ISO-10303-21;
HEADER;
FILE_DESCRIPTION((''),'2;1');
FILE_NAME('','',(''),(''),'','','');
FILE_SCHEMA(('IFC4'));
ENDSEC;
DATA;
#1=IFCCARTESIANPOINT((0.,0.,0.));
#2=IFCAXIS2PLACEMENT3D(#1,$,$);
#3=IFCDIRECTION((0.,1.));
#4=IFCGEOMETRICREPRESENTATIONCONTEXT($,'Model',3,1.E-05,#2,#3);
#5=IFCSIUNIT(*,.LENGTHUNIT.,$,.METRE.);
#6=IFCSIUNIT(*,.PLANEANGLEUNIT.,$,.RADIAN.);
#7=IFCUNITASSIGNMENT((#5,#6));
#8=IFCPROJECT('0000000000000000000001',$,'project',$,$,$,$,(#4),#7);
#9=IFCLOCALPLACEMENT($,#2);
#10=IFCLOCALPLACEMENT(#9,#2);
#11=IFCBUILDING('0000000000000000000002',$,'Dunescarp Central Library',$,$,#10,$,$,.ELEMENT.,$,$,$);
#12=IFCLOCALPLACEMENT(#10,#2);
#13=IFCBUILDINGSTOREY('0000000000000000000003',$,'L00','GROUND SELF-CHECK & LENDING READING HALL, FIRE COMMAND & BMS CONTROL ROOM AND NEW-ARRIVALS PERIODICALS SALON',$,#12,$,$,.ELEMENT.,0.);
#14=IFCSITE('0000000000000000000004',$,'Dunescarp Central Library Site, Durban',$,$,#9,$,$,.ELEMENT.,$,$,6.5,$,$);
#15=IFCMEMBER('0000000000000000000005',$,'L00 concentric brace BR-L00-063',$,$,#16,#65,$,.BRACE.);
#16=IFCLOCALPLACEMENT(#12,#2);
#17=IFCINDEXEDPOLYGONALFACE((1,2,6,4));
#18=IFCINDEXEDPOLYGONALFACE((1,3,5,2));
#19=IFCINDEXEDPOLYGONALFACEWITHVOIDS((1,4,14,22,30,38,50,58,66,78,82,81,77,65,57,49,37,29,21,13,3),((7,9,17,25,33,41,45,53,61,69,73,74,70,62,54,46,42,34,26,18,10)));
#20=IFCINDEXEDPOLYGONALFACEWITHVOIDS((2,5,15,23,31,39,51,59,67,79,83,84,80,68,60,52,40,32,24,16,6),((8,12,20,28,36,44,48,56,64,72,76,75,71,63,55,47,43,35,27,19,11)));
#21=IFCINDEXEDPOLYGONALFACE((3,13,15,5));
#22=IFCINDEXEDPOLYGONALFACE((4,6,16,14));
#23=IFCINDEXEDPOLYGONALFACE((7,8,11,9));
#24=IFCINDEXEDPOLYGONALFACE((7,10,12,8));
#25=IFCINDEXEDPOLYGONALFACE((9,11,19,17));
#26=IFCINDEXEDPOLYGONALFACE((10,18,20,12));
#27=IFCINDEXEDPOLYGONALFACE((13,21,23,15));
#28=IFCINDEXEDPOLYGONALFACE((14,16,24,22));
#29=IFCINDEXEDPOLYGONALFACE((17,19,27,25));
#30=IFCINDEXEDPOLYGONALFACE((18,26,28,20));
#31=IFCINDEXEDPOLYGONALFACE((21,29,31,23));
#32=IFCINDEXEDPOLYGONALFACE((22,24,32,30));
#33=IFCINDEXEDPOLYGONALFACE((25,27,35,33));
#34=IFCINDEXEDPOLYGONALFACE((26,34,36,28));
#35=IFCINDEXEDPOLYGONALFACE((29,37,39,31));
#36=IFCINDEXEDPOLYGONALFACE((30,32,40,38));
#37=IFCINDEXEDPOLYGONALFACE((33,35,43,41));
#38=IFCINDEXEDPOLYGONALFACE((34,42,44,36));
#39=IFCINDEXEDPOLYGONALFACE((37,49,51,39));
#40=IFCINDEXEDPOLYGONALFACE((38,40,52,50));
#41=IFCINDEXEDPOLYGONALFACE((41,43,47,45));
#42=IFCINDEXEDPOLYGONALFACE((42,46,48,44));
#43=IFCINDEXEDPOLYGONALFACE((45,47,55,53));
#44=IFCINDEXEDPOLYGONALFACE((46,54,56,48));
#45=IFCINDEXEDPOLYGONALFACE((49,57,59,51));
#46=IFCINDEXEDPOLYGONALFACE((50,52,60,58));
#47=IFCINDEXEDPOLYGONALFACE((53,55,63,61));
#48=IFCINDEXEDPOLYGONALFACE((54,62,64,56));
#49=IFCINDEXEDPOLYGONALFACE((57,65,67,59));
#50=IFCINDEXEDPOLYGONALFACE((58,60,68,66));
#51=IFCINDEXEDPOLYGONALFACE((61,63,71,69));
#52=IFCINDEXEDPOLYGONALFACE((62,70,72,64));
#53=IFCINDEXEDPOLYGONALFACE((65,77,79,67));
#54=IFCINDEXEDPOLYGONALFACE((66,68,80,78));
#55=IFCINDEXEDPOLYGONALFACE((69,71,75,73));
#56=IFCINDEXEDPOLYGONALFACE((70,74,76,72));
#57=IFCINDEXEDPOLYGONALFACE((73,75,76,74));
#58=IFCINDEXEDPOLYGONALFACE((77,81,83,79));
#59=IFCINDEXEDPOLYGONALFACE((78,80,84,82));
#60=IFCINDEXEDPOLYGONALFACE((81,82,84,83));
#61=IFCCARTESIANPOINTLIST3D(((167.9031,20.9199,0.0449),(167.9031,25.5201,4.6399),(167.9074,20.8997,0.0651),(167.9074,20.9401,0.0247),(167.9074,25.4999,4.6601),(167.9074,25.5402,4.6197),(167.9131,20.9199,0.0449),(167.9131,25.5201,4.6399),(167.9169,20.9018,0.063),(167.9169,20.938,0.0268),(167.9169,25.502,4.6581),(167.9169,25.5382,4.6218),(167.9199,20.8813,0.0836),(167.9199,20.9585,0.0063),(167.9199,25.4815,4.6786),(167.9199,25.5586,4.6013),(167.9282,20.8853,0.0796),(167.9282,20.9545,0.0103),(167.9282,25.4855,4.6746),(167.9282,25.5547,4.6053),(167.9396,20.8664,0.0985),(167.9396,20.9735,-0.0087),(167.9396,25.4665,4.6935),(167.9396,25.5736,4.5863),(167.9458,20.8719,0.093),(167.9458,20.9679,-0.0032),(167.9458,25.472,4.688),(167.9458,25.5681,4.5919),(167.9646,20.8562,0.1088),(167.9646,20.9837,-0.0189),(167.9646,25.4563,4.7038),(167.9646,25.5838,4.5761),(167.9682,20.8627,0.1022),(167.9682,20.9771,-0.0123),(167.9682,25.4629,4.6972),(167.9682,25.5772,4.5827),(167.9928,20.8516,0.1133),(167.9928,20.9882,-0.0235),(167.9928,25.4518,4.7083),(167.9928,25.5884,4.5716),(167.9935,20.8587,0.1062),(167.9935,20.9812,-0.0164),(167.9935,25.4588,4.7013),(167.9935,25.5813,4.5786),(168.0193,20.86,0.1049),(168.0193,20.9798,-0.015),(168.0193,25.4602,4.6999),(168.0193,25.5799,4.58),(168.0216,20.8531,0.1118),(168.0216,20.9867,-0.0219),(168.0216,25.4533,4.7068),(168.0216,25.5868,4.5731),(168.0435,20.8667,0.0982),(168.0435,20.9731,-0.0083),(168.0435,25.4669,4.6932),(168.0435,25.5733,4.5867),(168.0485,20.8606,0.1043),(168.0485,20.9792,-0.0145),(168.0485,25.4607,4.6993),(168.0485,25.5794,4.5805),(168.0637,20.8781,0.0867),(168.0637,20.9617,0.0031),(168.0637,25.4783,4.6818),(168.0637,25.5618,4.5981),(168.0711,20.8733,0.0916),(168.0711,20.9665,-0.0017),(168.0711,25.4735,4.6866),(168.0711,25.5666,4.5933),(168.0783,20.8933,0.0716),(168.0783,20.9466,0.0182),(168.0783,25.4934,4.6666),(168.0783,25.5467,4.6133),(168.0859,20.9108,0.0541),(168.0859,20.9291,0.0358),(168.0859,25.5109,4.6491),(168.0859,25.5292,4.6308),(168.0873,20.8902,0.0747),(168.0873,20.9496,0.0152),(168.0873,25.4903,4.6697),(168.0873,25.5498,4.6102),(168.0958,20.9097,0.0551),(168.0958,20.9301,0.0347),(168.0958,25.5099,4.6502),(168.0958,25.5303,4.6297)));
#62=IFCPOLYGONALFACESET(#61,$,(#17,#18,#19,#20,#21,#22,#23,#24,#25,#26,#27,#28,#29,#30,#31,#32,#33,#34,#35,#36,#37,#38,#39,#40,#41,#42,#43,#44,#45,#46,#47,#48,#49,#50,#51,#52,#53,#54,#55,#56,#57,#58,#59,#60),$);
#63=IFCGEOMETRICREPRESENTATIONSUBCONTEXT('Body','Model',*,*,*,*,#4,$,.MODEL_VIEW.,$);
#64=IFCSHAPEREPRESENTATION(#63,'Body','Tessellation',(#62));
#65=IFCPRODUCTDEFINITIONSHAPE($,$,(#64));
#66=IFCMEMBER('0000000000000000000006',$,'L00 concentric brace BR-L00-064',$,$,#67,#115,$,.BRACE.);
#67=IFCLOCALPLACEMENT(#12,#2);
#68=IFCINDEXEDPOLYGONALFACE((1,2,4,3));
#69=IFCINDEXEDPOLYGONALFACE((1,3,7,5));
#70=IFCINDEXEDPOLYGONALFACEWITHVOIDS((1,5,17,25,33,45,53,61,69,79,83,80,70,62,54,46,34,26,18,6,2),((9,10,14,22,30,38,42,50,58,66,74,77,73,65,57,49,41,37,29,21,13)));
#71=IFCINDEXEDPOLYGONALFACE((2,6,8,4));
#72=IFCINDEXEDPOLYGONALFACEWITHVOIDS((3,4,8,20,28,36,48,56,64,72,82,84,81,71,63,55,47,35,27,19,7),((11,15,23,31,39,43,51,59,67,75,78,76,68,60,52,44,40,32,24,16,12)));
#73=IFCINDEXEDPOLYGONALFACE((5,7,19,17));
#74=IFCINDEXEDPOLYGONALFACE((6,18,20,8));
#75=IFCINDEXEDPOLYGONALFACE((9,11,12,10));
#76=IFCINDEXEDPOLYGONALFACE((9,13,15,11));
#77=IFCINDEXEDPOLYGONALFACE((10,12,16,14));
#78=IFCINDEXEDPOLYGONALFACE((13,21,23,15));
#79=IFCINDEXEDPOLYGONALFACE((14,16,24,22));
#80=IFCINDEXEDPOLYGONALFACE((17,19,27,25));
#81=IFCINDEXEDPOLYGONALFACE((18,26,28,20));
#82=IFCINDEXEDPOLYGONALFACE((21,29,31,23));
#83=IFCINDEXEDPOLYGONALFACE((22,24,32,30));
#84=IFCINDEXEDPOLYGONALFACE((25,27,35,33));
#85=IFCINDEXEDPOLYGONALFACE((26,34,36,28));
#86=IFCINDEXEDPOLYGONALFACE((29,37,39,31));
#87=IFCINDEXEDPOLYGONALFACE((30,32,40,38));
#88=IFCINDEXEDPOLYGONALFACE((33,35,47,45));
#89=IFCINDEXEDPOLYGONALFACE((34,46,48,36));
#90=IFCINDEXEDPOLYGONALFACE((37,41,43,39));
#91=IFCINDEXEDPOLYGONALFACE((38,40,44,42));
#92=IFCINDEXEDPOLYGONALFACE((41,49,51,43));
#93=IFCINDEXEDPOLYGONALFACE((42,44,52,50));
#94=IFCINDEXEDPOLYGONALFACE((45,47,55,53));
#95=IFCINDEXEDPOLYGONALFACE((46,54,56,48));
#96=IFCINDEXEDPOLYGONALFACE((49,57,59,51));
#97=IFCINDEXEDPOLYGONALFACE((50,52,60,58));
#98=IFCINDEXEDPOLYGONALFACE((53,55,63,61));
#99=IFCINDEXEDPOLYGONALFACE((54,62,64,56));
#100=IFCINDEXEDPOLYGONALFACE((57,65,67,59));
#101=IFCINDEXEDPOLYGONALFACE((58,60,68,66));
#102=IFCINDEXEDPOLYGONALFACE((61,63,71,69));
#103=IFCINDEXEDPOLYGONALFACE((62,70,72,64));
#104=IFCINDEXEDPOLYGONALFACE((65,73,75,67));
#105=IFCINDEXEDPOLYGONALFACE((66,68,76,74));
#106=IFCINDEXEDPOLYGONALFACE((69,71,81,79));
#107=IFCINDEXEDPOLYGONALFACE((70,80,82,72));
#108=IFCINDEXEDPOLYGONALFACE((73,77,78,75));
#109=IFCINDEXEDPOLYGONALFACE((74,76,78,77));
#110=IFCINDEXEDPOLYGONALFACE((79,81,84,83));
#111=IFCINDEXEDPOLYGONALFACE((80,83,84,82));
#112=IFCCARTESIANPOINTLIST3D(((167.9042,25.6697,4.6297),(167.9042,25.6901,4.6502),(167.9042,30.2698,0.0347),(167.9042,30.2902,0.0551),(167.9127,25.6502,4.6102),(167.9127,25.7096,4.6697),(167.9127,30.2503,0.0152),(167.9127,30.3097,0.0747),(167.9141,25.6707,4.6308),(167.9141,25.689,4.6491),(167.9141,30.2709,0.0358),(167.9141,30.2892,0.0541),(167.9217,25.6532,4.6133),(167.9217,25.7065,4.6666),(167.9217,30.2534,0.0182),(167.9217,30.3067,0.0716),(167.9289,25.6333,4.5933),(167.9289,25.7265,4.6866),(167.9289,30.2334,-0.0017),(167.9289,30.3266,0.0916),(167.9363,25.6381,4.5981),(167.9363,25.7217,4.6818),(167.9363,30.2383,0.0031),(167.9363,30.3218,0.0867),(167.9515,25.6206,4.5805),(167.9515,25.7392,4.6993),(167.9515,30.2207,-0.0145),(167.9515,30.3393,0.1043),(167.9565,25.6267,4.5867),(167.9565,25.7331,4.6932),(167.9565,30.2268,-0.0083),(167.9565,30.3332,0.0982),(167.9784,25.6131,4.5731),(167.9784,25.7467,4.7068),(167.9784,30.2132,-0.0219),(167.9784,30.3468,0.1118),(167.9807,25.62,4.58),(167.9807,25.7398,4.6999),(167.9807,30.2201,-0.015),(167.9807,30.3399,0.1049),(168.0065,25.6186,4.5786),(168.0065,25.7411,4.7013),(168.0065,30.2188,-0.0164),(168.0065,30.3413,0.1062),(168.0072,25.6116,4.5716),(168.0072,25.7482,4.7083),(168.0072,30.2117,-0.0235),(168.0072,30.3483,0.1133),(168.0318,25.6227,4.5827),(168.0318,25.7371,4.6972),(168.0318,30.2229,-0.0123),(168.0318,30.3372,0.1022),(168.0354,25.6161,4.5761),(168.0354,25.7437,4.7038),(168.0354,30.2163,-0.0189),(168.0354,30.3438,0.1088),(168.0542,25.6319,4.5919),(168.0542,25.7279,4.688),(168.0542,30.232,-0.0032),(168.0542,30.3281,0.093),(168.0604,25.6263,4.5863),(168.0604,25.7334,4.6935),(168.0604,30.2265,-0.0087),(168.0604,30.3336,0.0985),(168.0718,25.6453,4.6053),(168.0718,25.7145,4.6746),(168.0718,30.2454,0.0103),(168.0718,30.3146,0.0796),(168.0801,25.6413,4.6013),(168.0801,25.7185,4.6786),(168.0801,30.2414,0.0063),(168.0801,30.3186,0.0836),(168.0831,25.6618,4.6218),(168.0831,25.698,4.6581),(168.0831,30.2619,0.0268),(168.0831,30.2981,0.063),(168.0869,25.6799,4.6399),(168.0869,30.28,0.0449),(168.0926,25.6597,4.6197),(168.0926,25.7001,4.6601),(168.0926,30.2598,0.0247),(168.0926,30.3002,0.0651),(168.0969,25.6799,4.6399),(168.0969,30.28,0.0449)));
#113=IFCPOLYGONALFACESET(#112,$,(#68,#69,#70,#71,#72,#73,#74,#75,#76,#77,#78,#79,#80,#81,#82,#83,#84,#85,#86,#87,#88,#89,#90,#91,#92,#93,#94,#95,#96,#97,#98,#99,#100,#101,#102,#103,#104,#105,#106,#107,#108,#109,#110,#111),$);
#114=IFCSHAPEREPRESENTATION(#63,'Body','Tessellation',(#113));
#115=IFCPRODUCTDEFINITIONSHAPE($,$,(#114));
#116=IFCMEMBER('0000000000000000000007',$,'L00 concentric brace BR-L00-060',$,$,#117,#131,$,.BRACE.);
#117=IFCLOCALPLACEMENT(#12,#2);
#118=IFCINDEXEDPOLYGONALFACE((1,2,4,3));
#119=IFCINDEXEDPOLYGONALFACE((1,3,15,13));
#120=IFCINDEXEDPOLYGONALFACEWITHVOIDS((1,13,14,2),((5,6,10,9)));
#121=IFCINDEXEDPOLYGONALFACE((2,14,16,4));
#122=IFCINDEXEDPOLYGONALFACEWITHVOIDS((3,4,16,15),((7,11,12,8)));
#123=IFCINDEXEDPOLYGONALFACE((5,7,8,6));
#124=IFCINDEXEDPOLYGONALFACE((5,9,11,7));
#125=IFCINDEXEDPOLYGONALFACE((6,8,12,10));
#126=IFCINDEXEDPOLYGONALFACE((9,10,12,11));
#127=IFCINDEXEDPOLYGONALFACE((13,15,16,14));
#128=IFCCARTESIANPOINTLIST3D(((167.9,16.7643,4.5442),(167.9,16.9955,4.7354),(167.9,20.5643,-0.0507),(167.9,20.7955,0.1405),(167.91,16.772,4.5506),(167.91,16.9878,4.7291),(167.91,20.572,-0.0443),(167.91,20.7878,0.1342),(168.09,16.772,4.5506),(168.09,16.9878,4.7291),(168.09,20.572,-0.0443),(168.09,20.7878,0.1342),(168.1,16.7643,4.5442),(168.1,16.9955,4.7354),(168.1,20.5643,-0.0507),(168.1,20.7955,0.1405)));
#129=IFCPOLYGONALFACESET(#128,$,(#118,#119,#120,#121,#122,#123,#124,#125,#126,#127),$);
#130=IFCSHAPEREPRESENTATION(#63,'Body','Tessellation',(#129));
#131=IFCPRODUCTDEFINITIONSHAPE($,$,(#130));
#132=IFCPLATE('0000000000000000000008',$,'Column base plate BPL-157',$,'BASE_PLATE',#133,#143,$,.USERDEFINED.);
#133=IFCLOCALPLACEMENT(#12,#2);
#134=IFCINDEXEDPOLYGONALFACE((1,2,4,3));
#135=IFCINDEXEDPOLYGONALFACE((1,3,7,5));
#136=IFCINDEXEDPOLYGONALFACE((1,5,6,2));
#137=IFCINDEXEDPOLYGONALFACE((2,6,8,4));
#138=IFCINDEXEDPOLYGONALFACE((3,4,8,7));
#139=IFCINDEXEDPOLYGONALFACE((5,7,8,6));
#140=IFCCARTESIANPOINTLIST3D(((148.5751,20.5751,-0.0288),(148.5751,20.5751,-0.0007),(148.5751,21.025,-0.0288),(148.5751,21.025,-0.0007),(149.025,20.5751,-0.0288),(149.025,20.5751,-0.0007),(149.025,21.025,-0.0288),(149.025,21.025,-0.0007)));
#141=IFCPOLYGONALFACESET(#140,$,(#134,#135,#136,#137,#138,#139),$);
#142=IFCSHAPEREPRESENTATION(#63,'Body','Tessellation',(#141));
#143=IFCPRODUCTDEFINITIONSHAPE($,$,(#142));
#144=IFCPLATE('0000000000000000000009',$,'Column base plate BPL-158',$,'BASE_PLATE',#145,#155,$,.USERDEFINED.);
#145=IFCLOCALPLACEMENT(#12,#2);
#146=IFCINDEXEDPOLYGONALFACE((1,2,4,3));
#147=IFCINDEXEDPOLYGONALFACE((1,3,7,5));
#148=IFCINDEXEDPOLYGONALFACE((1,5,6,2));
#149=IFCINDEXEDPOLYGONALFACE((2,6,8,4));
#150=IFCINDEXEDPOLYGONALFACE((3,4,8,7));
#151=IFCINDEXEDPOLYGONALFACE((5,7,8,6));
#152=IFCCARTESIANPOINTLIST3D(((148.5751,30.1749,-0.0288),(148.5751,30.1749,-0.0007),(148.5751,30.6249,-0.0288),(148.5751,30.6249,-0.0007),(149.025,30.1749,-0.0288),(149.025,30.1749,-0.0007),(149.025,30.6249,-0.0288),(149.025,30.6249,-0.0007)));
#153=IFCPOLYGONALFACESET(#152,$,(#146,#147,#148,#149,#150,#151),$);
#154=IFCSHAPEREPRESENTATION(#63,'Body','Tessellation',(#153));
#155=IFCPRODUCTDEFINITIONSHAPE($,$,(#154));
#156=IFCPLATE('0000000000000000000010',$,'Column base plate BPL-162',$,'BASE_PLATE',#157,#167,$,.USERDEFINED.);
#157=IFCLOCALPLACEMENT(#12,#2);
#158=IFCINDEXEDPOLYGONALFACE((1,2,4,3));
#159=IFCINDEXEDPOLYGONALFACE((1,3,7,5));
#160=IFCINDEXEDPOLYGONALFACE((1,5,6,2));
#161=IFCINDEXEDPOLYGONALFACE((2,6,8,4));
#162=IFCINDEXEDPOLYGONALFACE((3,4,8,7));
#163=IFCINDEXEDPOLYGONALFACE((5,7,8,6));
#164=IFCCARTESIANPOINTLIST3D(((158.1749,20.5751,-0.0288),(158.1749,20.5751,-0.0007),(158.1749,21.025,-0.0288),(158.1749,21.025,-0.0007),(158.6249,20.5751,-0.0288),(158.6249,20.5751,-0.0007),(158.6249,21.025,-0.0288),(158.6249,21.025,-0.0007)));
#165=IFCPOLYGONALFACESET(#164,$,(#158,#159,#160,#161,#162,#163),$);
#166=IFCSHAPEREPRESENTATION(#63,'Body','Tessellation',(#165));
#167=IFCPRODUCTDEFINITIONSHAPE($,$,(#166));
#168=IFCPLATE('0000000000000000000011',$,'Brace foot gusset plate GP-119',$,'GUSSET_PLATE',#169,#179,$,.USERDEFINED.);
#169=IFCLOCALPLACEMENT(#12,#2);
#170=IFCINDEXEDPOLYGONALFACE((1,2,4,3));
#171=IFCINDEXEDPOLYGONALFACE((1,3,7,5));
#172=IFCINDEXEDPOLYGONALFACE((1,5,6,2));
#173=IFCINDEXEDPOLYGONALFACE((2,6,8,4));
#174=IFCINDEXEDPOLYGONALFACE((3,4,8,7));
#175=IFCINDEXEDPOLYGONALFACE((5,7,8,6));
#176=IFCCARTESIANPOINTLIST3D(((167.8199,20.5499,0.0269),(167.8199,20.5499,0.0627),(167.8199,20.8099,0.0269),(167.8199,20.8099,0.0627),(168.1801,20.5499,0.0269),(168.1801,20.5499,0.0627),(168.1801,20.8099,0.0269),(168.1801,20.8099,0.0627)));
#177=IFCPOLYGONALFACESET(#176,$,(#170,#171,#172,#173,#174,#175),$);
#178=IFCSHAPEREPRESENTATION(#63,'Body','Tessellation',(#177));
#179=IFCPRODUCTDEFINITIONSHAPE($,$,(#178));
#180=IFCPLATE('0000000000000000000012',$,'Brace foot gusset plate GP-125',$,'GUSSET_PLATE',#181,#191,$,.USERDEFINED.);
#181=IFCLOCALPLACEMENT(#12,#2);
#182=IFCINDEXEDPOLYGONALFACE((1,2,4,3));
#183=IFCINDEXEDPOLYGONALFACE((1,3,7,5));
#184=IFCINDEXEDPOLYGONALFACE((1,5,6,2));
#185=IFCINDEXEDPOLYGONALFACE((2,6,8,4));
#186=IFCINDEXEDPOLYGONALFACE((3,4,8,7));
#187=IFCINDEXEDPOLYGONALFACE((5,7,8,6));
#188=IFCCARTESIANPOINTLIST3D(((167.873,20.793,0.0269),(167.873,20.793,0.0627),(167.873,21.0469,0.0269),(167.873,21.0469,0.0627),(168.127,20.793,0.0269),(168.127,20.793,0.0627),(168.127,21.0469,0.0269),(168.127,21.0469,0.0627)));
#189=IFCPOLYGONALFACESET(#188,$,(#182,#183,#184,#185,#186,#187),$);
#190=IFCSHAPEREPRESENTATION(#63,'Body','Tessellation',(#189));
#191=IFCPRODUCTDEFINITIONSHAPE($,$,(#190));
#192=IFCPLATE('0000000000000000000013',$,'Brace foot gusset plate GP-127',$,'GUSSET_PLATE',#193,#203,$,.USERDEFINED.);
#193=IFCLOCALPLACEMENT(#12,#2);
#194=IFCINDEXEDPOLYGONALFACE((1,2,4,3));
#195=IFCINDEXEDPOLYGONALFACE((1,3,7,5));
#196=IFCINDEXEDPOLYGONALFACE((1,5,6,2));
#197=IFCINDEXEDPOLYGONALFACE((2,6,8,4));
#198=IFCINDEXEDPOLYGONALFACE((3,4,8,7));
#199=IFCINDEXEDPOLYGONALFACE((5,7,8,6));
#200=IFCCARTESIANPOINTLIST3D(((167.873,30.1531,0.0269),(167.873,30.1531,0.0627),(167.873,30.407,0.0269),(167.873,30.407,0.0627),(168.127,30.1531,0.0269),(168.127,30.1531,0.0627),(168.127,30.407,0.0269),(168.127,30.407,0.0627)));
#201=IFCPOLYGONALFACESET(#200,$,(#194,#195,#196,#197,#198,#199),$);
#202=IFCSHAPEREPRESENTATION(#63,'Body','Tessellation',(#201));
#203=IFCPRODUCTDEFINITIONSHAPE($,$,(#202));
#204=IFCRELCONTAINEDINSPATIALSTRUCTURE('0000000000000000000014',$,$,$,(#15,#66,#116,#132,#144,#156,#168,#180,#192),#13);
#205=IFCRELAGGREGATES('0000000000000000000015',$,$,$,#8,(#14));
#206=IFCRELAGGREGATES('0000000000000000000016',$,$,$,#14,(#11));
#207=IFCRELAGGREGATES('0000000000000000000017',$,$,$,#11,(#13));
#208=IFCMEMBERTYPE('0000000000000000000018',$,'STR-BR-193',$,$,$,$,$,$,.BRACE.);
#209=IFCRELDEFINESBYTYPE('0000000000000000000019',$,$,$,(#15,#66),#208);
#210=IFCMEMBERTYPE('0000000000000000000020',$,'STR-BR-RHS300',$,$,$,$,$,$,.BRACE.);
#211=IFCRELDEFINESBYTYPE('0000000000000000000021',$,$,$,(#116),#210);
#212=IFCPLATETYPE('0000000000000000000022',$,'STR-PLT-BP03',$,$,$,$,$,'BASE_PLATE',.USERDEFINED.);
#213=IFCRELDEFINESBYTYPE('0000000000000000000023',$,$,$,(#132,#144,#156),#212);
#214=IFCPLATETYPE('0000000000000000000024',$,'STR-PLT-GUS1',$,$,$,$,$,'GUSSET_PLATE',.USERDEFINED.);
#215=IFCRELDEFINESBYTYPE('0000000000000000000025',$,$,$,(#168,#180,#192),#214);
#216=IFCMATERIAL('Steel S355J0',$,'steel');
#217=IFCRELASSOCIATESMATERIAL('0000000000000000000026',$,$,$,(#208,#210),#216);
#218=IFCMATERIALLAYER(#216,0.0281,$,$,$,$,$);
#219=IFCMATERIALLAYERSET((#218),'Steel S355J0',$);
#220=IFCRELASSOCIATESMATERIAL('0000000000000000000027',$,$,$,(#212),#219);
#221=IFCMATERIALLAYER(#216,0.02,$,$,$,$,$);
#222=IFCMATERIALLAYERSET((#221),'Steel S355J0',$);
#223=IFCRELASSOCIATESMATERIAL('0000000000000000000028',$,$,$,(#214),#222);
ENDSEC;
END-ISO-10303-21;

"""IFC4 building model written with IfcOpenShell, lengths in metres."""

from ifc_helpers import new_model, si_unit, direction, frame, origin, origin_2d, place, context, subcontext, project, spatial, rectangle, hollow_rectangle, hollow_circle, extrude, material, layer, layer_set, material_profile, profile_set, type_object, element, save


model = new_model("IFC4")

# Units and contexts
model_context = context("Model", 3, precision=1e-05, world=origin(), true_north=direction((0.0, 1.0)))
body_context = subcontext(model_context, "Body", "Model", "MODEL_VIEW")
ifc_project = project(units=[si_unit("LENGTHUNIT", "METRE"), si_unit("PLANEANGLEUNIT", "RADIAN")], contexts=[model_context])

# Site, building, storey
site_placement = place(None, origin())
site = spatial("IfcSite", under=ifc_project, at=site_placement, Name="Dunescarp Central Library Site, Durban", CompositionType="ELEMENT", RefElevation=6.5)
building_placement = place(site_placement, origin())
building = spatial("IfcBuilding", under=site, at=building_placement, Name="Dunescarp Central Library", CompositionType="ELEMENT")
storey_placement = place(building_placement, origin())
storey = spatial("IfcBuildingStorey", under=building, at=storey_placement, Name="L00", Description="GROUND SELF-CHECK & LENDING READING HALL, FIRE COMMAND & BMS CONTROL ROOM AND NEW-ARRIVALS PERIODICALS SALON", CompositionType="ELEMENT", Elevation=0.0)

# Members
ifc_material_1 = material(Name="Steel S355J0", Category="steel")
ifc_material_profile_1 = material_profile(ifc_material_1, hollow_circle(Radius=0.0969, WallThickness=0.01, at=origin_2d()), Name="CHS 193.7x10")
ifc_profile_set_1 = profile_set([ifc_material_profile_1], Name="Steel S355J0")
member_type_1 = type_object("IfcMemberType", Name="STR-BR-193", PredefinedType="BRACE", material=ifc_profile_set_1)
for number, where, z_axis, x_axis, name in (
    (1, (168.0, 20.9199, 0.0449), (0.0, 0.707501, 0.706712), (-1.0, 0.0, 0.0), "L00 concentric brace BR-L00-063"),
    (2, (168.0, 30.28, 0.0449), (0.0, -0.707501, 0.706712), (1.0, 0.0, 0.0), "L00 concentric brace BR-L00-064"),
):
    element("IfcMember", number, at=place(storey_placement, frame(where, z_axis=z_axis, x_axis=x_axis)), inside=storey, type_object=member_type_1, Name=name, PredefinedType="BRACE", context=body_context, shape_type="SweptSolid", body=[
        extrude(hollow_circle(Radius=0.0969, WallThickness=0.01, at=origin_2d()), origin(), (0.0, 0.0, 1.0), 6.502),
    ])
ifc_material_profile_2 = material_profile(ifc_material_1, hollow_rectangle(XDim=0.2, YDim=0.3, WallThickness=0.01, at=origin_2d()), Name="RHS 300x200x10")
ifc_profile_set_2 = profile_set([ifc_material_profile_2], Name="Steel S355J0")
member_type_2 = type_object("IfcMemberType", Name="STR-BR-RHS300", PredefinedType="BRACE", material=ifc_profile_set_2)
member_placement = place(storey_placement, frame((168.0, 20.6799, 0.0449), z_axis=(0.0, -0.6373, 0.770615), x_axis=(1.0, 0.0, 0.0)))
element("IfcMember", 3, at=member_placement, inside=storey, type_object=member_type_2, Name="L00 concentric brace BR-L00-060", PredefinedType="BRACE", context=body_context, shape_type="SweptSolid", body=[
    extrude(hollow_rectangle(XDim=0.2, YDim=0.3, WallThickness=0.01, at=origin_2d()), origin(), (0.0, 0.0, 1.0), 5.9626),
])

# Plates
ifc_layer_1 = layer(ifc_material_1, 0.0281)
ifc_layer_set_1 = layer_set([ifc_layer_1], Name="Steel S355J0")
plate_type_1 = type_object("IfcPlateType", Name="STR-PLT-BP03", ElementType="BASE_PLATE", PredefinedType="USERDEFINED", material=ifc_layer_set_1)
for number, where, z_axis, x_axis, name in (
    (4, (148.8, 20.8, -0.0288), (0.0, 0.0, 1.0), (1.0, 0.0, 0.0), "Column base plate BPL-157"),
    (5, (148.8, 30.3999, -0.0288), (0.0, 0.0, 1.0), (1.0, 0.0, 0.0), "Column base plate BPL-158"),
    (6, (158.3999, 20.8, -0.0288), (0.0, 0.0, 1.0), (1.0, 0.0, 0.0), "Column base plate BPL-162"),
):
    element("IfcPlate", number, at=place(storey_placement, frame(where, z_axis=z_axis, x_axis=x_axis)), inside=storey, type_object=plate_type_1, Name=name, ObjectType="BASE_PLATE", PredefinedType="USERDEFINED", context=body_context, shape_type="SweptSolid", body=[
        extrude(rectangle(XDim=0.45, YDim=0.45, at=origin_2d()), origin(), (0.0, 0.0, 1.0), 0.0281),
    ])
ifc_layer_2 = layer(ifc_material_1, 0.02)
ifc_layer_set_2 = layer_set([ifc_layer_2], Name="Steel S355J0")
plate_type_2 = type_object("IfcPlateType", Name="STR-PLT-GUS1", ElementType="GUSSET_PLATE", PredefinedType="USERDEFINED", material=ifc_layer_set_2)
plate_placement = place(storey_placement, frame((168.0, 20.6799, 0.0269), z_axis=(0.0, 0.0, 1.0), x_axis=(1.0, 0.0, 0.0)))
element("IfcPlate", 7, at=plate_placement, inside=storey, type_object=plate_type_2, Name="Brace foot gusset plate GP-119", ObjectType="GUSSET_PLATE", PredefinedType="USERDEFINED", context=body_context, shape_type="SweptSolid", body=[
    extrude(rectangle(XDim=0.3601, YDim=0.26, at=origin_2d()), origin(), (0.0, 0.0, 1.0), 0.0359),
])
for number, where, z_axis, x_axis, name in (
    (8, (168.0, 20.9199, 0.0269), (0.0, 0.0, 1.0), (1.0, 0.0, 0.0), "Brace foot gusset plate GP-125"),
    (9, (168.0, 30.28, 0.0269), (0.0, 0.0, 1.0), (1.0, 0.0, 0.0), "Brace foot gusset plate GP-127"),
):
    element("IfcPlate", number, at=place(storey_placement, frame(where, z_axis=z_axis, x_axis=x_axis)), inside=storey, type_object=plate_type_2, Name=name, ObjectType="GUSSET_PLATE", PredefinedType="USERDEFINED", context=body_context, shape_type="SweptSolid", body=[
        extrude(rectangle(XDim=0.2539, YDim=0.2539, at=origin_2d()), origin(), (0.0, 0.0, 1.0), 0.0359),
    ])

save(model, "model.ifc")
